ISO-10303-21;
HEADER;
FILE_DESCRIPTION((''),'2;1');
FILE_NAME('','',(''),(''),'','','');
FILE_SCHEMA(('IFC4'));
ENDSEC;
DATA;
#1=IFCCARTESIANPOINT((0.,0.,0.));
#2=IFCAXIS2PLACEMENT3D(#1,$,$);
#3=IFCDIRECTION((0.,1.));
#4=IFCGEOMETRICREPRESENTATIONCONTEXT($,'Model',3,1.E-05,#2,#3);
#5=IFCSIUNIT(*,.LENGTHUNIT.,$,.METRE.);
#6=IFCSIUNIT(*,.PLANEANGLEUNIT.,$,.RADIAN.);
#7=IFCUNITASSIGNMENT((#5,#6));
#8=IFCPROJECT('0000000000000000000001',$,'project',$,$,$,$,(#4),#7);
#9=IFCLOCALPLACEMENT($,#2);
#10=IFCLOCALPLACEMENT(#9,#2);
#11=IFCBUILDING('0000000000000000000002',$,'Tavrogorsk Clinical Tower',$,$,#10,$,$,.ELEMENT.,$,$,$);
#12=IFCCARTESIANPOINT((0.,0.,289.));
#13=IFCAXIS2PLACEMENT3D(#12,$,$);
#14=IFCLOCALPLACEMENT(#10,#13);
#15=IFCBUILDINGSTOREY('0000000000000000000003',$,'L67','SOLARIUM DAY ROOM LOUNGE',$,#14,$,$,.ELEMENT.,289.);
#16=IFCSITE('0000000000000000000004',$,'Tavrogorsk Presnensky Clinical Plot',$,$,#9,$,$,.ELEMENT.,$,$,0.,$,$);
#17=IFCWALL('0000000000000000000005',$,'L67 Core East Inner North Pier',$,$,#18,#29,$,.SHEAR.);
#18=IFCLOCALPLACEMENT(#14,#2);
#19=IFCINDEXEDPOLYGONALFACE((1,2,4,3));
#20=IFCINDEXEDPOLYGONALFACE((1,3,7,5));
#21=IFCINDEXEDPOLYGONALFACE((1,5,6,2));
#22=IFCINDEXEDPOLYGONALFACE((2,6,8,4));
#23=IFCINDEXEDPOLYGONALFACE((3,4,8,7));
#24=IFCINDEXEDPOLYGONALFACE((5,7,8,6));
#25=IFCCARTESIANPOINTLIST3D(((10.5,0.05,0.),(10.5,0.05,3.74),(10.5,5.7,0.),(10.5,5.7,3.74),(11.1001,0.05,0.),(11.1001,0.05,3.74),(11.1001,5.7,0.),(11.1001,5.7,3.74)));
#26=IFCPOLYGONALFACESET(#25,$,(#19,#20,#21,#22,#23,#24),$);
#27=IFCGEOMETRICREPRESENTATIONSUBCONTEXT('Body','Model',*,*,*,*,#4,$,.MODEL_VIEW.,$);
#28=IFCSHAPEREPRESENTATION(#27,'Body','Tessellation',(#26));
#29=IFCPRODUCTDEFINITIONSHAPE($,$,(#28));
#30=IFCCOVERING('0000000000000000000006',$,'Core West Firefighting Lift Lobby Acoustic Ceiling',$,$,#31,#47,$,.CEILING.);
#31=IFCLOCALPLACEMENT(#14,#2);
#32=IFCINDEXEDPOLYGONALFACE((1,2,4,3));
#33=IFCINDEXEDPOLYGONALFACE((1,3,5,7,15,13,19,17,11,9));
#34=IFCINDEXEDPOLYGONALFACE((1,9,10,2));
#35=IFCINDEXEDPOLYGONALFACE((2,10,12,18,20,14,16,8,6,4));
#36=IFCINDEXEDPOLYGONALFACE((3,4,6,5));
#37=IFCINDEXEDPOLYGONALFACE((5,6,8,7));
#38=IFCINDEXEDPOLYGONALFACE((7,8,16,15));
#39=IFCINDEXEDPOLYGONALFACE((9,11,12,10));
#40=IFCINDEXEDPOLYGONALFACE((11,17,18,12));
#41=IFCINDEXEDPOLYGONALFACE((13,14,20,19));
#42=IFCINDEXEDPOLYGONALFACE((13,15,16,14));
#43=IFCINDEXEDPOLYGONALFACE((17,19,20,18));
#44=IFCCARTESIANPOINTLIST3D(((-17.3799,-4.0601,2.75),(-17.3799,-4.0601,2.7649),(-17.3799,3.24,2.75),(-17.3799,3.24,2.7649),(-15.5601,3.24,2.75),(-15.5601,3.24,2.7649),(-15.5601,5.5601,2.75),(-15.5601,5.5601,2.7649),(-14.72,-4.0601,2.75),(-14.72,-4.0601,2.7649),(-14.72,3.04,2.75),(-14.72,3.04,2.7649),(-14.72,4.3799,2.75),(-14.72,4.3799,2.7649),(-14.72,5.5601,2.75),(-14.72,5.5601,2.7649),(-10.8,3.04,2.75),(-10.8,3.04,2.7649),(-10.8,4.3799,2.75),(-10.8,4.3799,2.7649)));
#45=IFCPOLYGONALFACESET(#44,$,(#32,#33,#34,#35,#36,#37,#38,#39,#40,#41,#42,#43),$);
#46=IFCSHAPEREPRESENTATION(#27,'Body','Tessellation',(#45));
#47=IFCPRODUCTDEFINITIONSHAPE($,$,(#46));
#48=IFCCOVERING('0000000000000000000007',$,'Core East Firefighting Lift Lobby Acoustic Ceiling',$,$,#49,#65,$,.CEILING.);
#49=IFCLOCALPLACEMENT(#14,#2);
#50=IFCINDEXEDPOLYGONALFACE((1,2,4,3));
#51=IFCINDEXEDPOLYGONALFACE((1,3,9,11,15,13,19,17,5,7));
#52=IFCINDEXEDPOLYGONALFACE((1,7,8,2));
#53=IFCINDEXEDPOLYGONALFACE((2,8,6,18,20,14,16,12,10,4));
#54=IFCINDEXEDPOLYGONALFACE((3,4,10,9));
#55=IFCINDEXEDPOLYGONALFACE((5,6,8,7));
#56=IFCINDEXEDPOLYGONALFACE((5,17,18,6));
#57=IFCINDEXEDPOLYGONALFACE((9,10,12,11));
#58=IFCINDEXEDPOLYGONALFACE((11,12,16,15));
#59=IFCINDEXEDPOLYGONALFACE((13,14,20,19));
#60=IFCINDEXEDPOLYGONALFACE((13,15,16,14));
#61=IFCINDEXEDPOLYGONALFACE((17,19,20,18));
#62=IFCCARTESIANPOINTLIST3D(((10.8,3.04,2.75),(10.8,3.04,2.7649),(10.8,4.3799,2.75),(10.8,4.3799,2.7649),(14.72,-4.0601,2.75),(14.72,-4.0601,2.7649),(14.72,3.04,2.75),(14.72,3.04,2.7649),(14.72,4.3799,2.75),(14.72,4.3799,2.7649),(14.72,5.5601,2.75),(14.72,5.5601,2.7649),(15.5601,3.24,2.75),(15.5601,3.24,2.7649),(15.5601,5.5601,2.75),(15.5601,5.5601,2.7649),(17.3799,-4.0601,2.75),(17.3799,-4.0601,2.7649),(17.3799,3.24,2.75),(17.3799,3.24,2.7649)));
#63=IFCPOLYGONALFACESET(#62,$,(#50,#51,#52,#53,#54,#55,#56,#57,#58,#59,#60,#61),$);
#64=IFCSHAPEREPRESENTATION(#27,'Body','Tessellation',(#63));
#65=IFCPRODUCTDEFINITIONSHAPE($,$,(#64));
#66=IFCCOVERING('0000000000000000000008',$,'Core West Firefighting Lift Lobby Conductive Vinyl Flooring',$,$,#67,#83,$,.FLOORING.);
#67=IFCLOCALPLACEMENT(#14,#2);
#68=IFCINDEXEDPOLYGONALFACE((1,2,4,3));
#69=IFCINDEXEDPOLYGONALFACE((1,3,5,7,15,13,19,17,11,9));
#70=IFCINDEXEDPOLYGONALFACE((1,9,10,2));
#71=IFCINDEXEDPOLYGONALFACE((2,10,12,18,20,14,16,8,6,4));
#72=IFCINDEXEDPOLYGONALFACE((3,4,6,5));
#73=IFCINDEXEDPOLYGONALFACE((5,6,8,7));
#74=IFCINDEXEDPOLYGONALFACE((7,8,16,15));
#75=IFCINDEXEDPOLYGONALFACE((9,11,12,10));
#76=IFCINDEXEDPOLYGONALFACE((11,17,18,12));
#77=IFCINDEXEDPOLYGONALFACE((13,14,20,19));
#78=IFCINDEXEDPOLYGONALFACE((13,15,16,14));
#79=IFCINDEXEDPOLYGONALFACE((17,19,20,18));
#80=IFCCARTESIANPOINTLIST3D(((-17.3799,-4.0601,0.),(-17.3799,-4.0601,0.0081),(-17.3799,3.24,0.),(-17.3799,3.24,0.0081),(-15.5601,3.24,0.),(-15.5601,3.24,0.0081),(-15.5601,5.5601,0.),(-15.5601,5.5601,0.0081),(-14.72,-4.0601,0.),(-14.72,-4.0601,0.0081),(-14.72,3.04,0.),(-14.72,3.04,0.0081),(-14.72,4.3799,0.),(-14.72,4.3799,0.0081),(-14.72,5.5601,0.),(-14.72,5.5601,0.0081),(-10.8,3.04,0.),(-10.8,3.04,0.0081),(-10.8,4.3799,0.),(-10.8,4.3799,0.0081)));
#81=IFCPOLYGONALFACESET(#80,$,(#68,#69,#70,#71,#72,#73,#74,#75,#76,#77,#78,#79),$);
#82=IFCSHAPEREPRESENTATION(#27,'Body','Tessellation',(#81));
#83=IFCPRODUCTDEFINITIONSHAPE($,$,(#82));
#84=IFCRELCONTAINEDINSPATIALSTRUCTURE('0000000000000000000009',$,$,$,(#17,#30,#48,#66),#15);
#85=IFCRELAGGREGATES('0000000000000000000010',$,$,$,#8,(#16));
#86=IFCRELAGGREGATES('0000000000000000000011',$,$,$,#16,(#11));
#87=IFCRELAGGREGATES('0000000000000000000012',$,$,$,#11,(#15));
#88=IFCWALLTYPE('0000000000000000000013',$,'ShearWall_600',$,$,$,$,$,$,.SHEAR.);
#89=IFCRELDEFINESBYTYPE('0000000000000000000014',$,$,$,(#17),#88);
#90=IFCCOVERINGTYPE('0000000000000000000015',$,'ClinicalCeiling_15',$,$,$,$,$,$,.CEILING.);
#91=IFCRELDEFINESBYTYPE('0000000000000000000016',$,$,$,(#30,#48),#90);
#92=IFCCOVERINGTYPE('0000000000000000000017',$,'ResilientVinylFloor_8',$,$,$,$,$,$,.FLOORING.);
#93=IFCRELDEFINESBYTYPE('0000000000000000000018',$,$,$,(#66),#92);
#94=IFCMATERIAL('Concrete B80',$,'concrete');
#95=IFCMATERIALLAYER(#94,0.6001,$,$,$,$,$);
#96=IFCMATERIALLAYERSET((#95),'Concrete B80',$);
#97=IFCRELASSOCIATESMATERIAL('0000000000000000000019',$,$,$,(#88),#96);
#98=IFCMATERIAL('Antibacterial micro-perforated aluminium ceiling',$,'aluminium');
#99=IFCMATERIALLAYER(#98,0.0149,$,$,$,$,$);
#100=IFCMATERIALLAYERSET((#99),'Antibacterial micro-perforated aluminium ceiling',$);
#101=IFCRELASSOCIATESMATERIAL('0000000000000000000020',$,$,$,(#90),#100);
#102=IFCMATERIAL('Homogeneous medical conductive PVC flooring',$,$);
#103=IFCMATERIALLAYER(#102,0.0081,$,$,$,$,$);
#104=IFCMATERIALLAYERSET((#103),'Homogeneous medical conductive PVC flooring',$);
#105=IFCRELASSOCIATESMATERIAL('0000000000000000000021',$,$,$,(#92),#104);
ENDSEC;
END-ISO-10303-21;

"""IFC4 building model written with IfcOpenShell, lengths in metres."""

from ifc_helpers import new_model, si_unit, direction, frame, frame_2d, origin, place, context, subcontext, project, spatial, polyline, rectangle, outline, extrude, material, layer, layer_set, type_object, element, save


model = new_model("IFC4")

# Units and contexts
model_context = context("Model", 3, precision=1e-05, world=origin(), true_north=direction((0.0, 1.0)))
body_context = subcontext(model_context, "Body", "Model", "MODEL_VIEW")
ifc_project = project(units=[si_unit("LENGTHUNIT", "METRE"), si_unit("PLANEANGLEUNIT", "RADIAN")], contexts=[model_context])

# Site, building, storey
site_placement = place(None, origin())
site = spatial("IfcSite", under=ifc_project, at=site_placement, Name="Tavrogorsk Presnensky Clinical Plot", CompositionType="ELEMENT", RefElevation=0.0)
building_placement = place(site_placement, origin())
building = spatial("IfcBuilding", under=site, at=building_placement, Name="Tavrogorsk Clinical Tower", CompositionType="ELEMENT")
storey_placement = place(building_placement, frame((0.0, 0.0, 289.0)))
storey = spatial("IfcBuildingStorey", under=building, at=storey_placement, Name="L67", Description="SOLARIUM DAY ROOM LOUNGE", CompositionType="ELEMENT", Elevation=289.0)

# Wall
ifc_material_1 = material(Name="Concrete B80", Category="concrete")
ifc_layer_1 = layer(ifc_material_1, 0.6001)
ifc_layer_set_1 = layer_set([ifc_layer_1], Name="Concrete B80")
wall_type_1 = type_object("IfcWallType", Name="ShearWall_600", PredefinedType="SHEAR", material=ifc_layer_set_1)
wall_1_placement = place(storey_placement, frame((10.8, 0.05, 0.0), z_axis=(0.0, 0.0, 1.0), x_axis=(0.0, 1.0, 0.0)))
element("IfcWall", 1, at=wall_1_placement, inside=storey, type_object=wall_type_1, Name="L67 Core East Inner North Pier", PredefinedType="SHEAR", context=body_context, shape_type="SweptSolid", body=[
    extrude(rectangle(XDim=5.6499, YDim=0.6001, at=frame_2d((2.825, 0.0))), origin(), (0.0, 0.0, 1.0), 3.74),
])

# Coverings
ifc_material_2 = material(Name="Antibacterial micro-perforated aluminium ceiling", Category="aluminium")
ifc_layer_2 = layer(ifc_material_2, 0.0149)
ifc_layer_set_2 = layer_set([ifc_layer_2], Name="Antibacterial micro-perforated aluminium ceiling")
covering_type_1 = type_object("IfcCoveringType", Name="ClinicalCeiling_15", PredefinedType="CEILING", material=ifc_layer_set_2)
covering_1_placement = place(storey_placement, frame((0.0, 0.0, 2.75)))
element("IfcCovering", 2, at=covering_1_placement, inside=storey, type_object=covering_type_1, Name="Core West Firefighting Lift Lobby Acoustic Ceiling", PredefinedType="CEILING", context=body_context, shape_type="SweptSolid", body=[
    extrude(outline(polyline([(-14.72, 4.3799), (-10.8, 4.3799), (-10.8, 3.04), (-14.72, 3.04), (-14.72, -4.0601), (-17.3799, -4.0601), (-17.3799, 3.24), (-15.5601, 3.24), (-15.5601, 5.5601), (-14.72, 5.5601), (-14.72, 4.3799)])), origin(), (0.0, 0.0, 1.0), 0.0149),
])
covering_2_placement = place(storey_placement, frame((0.0, 0.0, 2.75)))
element("IfcCovering", 3, at=covering_2_placement, inside=storey, type_object=covering_type_1, Name="Core East Firefighting Lift Lobby Acoustic Ceiling", PredefinedType="CEILING", context=body_context, shape_type="SweptSolid", body=[
    extrude(outline(polyline([(14.72, -4.0601), (14.72, 3.04), (10.8, 3.04), (10.8, 4.3799), (14.72, 4.3799), (14.72, 5.5601), (15.5601, 5.5601), (15.5601, 3.24), (17.3799, 3.24), (17.3799, -4.0601), (14.72, -4.0601)])), origin(), (0.0, 0.0, 1.0), 0.0149),
])
ifc_material_3 = material(Name="Homogeneous medical conductive PVC flooring")
ifc_layer_3 = layer(ifc_material_3, 0.0081)
ifc_layer_set_3 = layer_set([ifc_layer_3], Name="Homogeneous medical conductive PVC flooring")
covering_type_2 = type_object("IfcCoveringType", Name="ResilientVinylFloor_8", PredefinedType="FLOORING", material=ifc_layer_set_3)
covering_3_placement = place(storey_placement, origin())
element("IfcCovering", 4, at=covering_3_placement, inside=storey, type_object=covering_type_2, Name="Core West Firefighting Lift Lobby Conductive Vinyl Flooring", PredefinedType="FLOORING", context=body_context, shape_type="SweptSolid", body=[
    extrude(outline(polyline([(-14.72, 4.3799), (-10.8, 4.3799), (-10.8, 3.04), (-14.72, 3.04), (-14.72, -4.0601), (-17.3799, -4.0601), (-17.3799, 3.24), (-15.5601, 3.24), (-15.5601, 5.5601), (-14.72, 5.5601), (-14.72, 4.3799)])), origin(), (0.0, 0.0, 1.0), 0.0081),
])

save(model, "model.ifc")
